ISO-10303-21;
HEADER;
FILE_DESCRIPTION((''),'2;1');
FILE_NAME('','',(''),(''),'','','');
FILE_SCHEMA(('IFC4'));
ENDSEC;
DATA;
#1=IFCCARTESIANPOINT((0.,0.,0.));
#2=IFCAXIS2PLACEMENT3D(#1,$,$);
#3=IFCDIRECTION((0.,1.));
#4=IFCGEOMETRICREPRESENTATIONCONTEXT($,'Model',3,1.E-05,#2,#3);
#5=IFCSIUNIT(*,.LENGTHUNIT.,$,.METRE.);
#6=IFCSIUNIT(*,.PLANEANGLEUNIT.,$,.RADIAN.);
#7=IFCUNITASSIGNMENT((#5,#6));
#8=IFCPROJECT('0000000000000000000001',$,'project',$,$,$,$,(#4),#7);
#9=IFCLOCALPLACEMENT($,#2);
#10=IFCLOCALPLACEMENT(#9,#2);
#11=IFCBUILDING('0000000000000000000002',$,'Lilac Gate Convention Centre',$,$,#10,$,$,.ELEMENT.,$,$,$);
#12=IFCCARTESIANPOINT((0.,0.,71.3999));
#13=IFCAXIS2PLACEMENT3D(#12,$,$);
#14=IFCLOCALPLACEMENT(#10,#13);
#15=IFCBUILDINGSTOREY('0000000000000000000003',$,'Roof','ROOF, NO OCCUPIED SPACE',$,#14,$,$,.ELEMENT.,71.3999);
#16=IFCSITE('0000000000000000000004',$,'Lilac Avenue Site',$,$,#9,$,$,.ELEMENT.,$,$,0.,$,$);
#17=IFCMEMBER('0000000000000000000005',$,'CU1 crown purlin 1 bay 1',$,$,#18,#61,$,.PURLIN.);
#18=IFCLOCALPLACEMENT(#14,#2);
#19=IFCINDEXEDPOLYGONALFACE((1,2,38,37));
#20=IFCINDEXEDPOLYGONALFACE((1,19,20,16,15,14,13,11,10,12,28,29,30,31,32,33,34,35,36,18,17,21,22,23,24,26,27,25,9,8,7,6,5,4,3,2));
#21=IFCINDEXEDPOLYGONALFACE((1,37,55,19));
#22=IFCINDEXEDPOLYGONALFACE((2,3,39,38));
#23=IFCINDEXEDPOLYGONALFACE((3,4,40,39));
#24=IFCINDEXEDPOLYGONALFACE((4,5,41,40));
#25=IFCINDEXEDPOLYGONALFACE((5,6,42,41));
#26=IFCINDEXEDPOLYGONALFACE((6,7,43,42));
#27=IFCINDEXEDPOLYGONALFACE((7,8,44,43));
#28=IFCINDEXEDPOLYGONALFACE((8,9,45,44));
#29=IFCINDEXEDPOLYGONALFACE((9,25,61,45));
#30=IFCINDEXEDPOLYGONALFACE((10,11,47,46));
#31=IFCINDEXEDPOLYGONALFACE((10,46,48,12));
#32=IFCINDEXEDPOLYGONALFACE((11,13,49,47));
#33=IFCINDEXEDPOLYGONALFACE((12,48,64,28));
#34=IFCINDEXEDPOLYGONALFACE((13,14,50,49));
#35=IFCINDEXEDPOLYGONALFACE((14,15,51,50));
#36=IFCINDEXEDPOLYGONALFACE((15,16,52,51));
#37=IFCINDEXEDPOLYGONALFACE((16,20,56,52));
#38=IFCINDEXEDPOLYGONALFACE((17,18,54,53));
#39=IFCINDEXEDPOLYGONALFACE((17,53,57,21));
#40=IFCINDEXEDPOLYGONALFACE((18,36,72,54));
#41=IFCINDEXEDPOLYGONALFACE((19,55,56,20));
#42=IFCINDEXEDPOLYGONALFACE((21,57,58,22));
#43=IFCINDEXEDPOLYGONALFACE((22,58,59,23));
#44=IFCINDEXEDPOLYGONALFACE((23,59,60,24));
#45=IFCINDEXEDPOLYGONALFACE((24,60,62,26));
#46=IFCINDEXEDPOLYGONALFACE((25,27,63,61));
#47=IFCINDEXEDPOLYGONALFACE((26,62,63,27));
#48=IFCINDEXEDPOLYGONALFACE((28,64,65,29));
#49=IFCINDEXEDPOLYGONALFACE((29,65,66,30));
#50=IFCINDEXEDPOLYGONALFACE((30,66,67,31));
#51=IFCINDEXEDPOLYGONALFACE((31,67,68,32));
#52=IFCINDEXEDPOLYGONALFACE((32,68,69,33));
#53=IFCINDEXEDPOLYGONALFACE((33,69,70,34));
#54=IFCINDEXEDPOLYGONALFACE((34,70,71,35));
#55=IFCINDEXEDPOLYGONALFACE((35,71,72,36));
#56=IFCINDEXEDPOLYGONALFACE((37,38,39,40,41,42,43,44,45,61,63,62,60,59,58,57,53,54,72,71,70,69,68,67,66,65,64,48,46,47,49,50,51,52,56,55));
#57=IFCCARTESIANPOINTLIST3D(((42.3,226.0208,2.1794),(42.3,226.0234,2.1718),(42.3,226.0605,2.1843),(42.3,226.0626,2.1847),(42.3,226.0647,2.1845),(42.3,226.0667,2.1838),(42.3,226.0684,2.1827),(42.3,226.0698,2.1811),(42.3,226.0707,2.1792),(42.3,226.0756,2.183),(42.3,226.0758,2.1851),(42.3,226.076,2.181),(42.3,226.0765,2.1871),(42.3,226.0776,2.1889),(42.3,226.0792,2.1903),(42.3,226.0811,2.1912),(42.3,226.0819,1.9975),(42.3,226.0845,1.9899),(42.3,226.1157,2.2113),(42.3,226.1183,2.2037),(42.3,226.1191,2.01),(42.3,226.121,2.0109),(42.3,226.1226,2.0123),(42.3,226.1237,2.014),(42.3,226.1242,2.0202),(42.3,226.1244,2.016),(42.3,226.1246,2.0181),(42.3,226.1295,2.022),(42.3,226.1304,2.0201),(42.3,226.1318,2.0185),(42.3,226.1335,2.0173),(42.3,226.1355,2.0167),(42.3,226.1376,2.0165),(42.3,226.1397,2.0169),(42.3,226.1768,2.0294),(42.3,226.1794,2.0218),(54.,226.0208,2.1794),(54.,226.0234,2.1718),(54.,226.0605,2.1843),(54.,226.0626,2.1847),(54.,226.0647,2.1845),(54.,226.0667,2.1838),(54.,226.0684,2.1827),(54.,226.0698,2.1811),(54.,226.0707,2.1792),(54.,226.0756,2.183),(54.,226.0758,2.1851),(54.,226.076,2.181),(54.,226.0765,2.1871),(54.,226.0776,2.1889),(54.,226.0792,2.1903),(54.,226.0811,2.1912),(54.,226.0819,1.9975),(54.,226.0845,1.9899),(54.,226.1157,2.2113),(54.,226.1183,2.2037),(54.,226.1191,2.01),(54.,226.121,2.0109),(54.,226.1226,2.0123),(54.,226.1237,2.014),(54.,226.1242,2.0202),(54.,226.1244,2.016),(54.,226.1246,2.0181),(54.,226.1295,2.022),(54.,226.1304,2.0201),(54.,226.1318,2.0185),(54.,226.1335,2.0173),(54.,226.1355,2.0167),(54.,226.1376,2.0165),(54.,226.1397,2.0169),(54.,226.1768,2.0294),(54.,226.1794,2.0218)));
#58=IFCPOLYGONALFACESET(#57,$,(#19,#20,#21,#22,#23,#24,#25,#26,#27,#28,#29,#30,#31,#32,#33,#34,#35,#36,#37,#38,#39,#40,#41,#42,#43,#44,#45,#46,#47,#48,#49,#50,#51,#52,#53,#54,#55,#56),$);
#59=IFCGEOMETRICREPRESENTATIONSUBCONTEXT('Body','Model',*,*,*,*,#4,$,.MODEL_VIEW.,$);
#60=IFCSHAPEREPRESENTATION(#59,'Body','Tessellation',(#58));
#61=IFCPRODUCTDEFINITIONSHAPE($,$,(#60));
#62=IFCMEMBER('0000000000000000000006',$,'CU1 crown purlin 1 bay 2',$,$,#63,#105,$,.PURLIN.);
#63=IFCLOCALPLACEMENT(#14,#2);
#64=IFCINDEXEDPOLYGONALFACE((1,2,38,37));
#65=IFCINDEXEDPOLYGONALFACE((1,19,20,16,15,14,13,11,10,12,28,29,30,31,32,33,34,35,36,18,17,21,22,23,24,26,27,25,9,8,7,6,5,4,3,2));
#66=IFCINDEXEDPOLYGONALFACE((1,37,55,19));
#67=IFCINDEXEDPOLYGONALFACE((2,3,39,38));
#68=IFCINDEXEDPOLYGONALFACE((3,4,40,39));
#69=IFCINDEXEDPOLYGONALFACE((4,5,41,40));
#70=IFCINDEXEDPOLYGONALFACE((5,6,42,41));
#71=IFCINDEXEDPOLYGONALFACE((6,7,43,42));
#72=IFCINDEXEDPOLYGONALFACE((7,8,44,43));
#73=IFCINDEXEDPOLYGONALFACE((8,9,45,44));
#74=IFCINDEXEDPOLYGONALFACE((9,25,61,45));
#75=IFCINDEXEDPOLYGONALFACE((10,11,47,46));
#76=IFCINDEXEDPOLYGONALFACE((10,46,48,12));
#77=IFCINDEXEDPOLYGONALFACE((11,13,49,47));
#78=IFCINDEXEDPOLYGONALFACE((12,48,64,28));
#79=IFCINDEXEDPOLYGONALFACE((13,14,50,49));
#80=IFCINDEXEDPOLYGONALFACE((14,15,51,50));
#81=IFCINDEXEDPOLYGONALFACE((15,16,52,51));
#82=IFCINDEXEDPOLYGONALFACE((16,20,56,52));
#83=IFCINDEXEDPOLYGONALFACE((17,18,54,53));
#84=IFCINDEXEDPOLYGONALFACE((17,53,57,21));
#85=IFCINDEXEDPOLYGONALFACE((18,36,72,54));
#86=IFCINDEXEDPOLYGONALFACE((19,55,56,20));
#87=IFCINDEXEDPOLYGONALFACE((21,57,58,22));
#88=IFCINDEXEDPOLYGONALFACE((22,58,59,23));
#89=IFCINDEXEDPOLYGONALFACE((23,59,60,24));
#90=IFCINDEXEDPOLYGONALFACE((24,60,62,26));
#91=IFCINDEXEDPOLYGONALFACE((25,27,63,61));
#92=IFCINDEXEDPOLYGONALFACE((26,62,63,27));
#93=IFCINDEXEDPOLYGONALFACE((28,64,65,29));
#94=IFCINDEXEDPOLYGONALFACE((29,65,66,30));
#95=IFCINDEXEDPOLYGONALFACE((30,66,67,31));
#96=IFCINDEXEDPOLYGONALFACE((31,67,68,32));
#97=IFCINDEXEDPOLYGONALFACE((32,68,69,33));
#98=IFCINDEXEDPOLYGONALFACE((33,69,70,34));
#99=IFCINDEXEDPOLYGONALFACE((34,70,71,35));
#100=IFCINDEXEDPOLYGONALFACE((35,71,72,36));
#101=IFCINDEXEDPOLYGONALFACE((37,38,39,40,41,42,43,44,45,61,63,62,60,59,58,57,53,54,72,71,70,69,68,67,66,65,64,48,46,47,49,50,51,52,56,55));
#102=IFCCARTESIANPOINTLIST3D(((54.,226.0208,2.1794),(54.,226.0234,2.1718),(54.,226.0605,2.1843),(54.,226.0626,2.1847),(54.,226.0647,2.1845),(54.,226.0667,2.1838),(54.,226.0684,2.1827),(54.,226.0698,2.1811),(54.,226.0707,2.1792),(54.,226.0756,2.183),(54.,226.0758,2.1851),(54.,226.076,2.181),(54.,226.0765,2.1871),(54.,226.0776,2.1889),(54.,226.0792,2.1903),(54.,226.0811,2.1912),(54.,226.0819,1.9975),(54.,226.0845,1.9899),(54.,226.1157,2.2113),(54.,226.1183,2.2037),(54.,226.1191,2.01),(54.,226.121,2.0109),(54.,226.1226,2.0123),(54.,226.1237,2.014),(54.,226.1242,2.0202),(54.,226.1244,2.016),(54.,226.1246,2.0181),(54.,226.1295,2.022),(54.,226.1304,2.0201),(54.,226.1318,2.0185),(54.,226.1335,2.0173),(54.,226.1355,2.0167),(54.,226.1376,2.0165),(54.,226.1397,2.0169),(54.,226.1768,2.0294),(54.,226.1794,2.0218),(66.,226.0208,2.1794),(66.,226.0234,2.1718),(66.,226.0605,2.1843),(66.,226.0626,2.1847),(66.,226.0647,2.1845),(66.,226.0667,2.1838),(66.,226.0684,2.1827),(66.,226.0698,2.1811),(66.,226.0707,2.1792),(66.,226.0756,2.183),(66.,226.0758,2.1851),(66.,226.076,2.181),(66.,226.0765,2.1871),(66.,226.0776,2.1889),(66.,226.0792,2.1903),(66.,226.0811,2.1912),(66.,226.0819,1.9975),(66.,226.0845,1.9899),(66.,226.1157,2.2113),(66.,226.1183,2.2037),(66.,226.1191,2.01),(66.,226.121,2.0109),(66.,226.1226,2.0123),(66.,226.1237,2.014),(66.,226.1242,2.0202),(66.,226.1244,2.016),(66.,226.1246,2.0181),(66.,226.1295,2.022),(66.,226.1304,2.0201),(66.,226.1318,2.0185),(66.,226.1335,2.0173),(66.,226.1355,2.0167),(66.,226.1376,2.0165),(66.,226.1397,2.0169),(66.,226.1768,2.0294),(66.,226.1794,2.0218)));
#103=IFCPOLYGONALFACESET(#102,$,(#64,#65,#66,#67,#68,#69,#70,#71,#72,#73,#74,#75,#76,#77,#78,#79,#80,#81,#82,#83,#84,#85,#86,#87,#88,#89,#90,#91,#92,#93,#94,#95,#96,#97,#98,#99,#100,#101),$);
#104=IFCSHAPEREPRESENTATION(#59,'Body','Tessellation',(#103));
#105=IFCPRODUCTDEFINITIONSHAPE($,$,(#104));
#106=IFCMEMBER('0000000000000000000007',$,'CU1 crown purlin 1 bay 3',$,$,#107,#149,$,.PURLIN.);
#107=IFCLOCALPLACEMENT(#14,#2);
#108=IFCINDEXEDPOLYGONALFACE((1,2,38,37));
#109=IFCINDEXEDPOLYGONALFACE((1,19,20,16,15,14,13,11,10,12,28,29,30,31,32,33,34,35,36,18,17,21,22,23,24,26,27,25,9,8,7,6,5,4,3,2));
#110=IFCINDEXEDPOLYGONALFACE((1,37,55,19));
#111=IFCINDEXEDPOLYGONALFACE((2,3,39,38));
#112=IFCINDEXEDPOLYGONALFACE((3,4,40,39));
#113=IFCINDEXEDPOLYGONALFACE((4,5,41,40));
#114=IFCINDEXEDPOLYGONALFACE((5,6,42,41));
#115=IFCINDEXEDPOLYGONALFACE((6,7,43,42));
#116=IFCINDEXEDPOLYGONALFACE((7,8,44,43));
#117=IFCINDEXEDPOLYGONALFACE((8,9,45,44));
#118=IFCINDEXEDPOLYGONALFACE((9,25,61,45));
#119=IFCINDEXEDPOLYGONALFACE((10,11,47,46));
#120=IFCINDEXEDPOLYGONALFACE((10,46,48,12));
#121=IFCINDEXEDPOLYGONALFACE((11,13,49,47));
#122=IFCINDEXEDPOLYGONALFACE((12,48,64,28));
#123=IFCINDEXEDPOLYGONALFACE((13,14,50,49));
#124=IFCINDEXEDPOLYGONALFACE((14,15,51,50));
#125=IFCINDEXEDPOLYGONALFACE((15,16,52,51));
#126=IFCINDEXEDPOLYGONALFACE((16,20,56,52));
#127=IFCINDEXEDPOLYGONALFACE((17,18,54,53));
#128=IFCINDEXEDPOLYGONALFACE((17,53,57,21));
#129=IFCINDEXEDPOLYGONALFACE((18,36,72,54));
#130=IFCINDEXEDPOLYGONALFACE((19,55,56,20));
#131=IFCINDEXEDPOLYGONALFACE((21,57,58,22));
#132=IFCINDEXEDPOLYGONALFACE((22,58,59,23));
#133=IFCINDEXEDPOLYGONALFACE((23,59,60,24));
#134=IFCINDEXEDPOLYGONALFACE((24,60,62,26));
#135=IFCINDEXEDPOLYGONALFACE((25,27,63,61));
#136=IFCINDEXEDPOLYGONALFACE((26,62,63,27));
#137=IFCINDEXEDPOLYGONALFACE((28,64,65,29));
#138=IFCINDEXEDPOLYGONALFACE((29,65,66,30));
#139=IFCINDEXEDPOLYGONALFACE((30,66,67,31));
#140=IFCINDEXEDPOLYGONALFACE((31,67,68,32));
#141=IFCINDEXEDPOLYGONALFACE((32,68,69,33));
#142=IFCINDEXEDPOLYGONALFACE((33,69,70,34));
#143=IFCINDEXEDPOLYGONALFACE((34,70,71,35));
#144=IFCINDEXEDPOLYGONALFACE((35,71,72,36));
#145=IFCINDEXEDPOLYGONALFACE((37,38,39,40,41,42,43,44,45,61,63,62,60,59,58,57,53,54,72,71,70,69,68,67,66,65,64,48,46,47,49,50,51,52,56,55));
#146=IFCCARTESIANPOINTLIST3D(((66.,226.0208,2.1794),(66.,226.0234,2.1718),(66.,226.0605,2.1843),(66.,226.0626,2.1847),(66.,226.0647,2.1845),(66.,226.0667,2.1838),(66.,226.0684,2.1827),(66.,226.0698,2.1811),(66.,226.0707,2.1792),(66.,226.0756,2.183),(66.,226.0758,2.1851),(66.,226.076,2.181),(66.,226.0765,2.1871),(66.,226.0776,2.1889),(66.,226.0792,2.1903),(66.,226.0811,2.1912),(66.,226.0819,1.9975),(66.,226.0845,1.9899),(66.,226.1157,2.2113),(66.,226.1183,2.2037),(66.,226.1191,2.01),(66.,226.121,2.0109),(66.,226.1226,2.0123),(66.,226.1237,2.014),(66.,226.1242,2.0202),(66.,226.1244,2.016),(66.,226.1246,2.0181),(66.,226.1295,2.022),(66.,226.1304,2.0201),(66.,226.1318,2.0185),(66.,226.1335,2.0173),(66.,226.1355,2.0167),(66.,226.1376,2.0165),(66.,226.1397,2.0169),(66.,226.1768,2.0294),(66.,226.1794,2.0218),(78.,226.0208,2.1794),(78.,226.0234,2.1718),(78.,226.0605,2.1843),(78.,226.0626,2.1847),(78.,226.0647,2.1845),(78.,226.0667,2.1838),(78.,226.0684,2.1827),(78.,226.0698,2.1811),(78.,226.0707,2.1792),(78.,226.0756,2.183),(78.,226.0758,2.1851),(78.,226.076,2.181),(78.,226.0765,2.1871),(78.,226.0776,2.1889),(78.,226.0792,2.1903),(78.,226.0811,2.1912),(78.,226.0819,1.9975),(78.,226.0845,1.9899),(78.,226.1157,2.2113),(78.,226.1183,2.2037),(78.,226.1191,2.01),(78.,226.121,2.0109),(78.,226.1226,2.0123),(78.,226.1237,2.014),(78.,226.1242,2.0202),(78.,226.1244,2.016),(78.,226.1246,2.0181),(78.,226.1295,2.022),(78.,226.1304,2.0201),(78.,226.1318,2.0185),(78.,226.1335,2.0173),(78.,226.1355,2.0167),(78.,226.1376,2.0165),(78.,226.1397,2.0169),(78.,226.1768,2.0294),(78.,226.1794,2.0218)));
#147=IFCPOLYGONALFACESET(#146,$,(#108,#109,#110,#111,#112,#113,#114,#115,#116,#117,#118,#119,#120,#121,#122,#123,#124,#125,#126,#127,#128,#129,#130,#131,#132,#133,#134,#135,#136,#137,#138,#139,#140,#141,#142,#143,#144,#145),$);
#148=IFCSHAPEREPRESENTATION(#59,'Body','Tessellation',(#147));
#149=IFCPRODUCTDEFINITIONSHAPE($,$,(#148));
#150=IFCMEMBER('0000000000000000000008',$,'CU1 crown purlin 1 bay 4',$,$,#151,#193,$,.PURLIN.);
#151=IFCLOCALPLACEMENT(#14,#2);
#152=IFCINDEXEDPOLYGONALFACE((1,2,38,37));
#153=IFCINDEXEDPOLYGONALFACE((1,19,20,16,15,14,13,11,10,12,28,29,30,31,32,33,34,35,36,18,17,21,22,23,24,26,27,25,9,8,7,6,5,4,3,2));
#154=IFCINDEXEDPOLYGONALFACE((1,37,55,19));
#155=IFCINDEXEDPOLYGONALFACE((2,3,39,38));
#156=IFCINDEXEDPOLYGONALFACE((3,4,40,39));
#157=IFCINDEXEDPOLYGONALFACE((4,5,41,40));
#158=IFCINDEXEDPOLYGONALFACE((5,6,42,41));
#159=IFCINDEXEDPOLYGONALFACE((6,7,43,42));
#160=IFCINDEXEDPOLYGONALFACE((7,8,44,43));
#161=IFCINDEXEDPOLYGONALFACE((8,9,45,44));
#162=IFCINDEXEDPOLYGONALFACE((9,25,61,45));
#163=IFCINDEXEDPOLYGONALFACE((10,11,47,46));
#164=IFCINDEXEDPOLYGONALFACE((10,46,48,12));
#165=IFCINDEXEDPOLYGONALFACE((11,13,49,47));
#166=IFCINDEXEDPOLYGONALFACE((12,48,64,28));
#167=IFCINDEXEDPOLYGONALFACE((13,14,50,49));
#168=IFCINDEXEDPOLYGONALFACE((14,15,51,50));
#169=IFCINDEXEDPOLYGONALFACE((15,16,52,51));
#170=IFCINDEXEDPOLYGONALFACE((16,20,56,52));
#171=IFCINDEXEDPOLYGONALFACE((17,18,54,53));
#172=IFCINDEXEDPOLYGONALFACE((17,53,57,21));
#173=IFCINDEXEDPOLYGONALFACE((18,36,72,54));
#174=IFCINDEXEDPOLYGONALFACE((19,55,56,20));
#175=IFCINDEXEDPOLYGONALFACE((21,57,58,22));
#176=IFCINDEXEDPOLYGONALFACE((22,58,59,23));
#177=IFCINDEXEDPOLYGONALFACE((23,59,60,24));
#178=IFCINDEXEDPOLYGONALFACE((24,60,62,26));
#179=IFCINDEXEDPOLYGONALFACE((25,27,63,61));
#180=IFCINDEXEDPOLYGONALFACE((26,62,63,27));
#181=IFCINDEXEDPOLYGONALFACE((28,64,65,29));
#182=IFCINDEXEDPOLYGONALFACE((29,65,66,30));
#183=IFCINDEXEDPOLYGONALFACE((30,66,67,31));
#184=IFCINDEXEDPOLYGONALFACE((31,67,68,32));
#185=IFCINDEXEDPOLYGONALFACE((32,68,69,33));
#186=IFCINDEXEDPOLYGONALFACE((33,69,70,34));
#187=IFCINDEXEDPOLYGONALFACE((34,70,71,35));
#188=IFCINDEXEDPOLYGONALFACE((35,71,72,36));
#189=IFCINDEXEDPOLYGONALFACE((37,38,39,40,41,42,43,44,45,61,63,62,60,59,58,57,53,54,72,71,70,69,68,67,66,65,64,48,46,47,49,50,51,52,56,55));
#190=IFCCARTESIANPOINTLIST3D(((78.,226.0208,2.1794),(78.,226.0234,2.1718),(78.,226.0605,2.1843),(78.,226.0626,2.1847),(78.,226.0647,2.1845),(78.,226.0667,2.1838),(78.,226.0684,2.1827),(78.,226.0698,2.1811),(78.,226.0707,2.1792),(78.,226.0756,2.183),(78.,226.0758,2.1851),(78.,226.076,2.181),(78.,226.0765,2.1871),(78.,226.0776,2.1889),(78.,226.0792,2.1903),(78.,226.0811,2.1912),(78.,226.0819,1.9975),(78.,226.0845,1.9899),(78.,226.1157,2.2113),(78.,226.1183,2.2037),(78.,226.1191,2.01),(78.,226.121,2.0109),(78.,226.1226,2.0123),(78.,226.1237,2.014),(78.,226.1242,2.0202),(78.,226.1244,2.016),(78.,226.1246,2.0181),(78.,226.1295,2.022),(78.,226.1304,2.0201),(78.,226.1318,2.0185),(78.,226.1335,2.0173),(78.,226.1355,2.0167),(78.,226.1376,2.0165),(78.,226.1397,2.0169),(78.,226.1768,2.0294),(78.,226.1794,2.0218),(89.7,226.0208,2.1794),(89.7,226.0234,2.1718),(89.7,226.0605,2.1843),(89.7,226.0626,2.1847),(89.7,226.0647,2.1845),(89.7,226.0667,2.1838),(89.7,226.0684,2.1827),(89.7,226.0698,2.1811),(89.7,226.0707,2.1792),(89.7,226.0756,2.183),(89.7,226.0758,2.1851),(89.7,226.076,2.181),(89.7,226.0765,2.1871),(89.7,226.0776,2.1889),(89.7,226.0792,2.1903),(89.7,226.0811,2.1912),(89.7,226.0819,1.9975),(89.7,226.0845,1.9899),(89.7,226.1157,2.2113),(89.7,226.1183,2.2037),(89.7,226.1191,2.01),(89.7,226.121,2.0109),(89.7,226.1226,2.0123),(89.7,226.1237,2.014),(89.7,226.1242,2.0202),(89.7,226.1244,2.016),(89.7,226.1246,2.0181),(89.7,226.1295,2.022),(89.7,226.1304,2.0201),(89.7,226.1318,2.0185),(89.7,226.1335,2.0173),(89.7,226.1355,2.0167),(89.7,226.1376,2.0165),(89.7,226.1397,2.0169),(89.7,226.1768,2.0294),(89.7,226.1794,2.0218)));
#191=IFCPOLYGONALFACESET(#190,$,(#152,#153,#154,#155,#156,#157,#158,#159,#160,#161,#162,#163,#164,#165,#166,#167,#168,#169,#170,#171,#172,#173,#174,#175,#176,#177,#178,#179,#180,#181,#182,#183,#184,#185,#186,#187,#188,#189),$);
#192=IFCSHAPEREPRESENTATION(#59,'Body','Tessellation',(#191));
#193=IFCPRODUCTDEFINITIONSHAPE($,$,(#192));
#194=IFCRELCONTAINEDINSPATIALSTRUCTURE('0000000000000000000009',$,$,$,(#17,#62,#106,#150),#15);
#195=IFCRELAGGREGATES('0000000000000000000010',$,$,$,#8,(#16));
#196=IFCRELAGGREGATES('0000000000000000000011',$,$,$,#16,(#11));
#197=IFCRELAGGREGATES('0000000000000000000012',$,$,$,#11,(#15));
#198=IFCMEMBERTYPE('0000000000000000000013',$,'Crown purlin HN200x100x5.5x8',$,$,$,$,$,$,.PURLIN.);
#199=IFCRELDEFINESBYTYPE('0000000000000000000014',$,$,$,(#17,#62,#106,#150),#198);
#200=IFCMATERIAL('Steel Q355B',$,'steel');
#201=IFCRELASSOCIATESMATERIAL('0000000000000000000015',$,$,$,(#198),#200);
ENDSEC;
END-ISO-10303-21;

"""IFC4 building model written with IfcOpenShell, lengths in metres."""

from ifc_helpers import new_model, si_unit, direction, frame, origin, origin_2d, place, context, subcontext, project, spatial, i_section, extrude, material, material_profile, profile_set, type_object, element, save


model = new_model("IFC4")

# Units and contexts
model_context = context("Model", 3, precision=1e-05, world=origin(), true_north=direction((0.0, 1.0)))
body_context = subcontext(model_context, "Body", "Model", "MODEL_VIEW")
ifc_project = project(units=[si_unit("LENGTHUNIT", "METRE"), si_unit("PLANEANGLEUNIT", "RADIAN")], contexts=[model_context])

# Site, building, storey
site_placement = place(None, origin())
site = spatial("IfcSite", under=ifc_project, at=site_placement, Name="Lilac Avenue Site", CompositionType="ELEMENT", RefElevation=0.0)
building_placement = place(site_placement, origin())
building = spatial("IfcBuilding", under=site, at=building_placement, Name="Lilac Gate Convention Centre", CompositionType="ELEMENT")
storey_placement = place(building_placement, frame((0.0, 0.0, 71.3999)))
storey = spatial("IfcBuildingStorey", under=building, at=storey_placement, Name="Roof", Description="ROOF, NO OCCUPIED SPACE", CompositionType="ELEMENT", Elevation=71.3999)

# Members
ifc_material_1 = material(Name="Steel Q355B", Category="steel")
ifc_material_profile_1 = material_profile(ifc_material_1, i_section(OverallWidth=0.1001, OverallDepth=0.2, WebThickness=0.0056, FlangeThickness=0.0081, FilletRadius=0.0081, at=origin_2d()), Name="HN200x100x5.5x8")
ifc_profile_set_1 = profile_set([ifc_material_profile_1], Name="Steel Q355B")
member_type_1 = type_object("IfcMemberType", Name="Crown purlin HN200x100x5.5x8", PredefinedType="PURLIN", material=ifc_profile_set_1)
member_1_placement = place(storey_placement, frame((42.3, 226.1001, 2.1006), z_axis=(1.0, 0.0, 0.0), x_axis=(0.0, 0.947884, 0.318616)))
element("IfcMember", 1, at=member_1_placement, inside=storey, type_object=member_type_1, Name="CU1 crown purlin 1 bay 1", PredefinedType="PURLIN", context=body_context, shape_type="SweptSolid", body=[
    extrude(i_section(OverallWidth=0.1001, OverallDepth=0.2, WebThickness=0.0056, FlangeThickness=0.0081, FilletRadius=0.0081, at=origin_2d()), origin(), (0.0, 0.0, 1.0), 11.7),
])
for number, where, z_axis, x_axis, name in (
    (2, (54.0, 226.1001, 2.1006), (1.0, 0.0, 0.0), (0.0, 0.947884, 0.318616), "CU1 crown purlin 1 bay 2"),
    (3, (66.0, 226.1001, 2.1006), (1.0, 0.0, 0.0), (0.0, 0.947884, 0.318616), "CU1 crown purlin 1 bay 3"),
):
    element("IfcMember", number, at=place(storey_placement, frame(where, z_axis=z_axis, x_axis=x_axis)), inside=storey, type_object=member_type_1, Name=name, PredefinedType="PURLIN", context=body_context, shape_type="SweptSolid", body=[
        extrude(i_section(OverallWidth=0.1001, OverallDepth=0.2, WebThickness=0.0056, FlangeThickness=0.0081, FilletRadius=0.0081, at=origin_2d()), origin(), (0.0, 0.0, 1.0), 12.0),
    ])
for number, where, z_axis, x_axis, name in (
    (4, (78.0, 226.1001, 2.1006), (1.0, 0.0, 0.0), (0.0, 0.947884, 0.318616), "CU1 crown purlin 1 bay 4"),
):
    element("IfcMember", number, at=place(storey_placement, frame(where, z_axis=z_axis, x_axis=x_axis)), inside=storey, type_object=member_type_1, Name=name, PredefinedType="PURLIN", context=body_context, shape_type="SweptSolid", body=[
        extrude(i_section(OverallWidth=0.1001, OverallDepth=0.2, WebThickness=0.0056, FlangeThickness=0.0081, FilletRadius=0.0081, at=origin_2d()), origin(), (0.0, 0.0, 1.0), 11.7),
    ])

save(model, "model.ifc")
